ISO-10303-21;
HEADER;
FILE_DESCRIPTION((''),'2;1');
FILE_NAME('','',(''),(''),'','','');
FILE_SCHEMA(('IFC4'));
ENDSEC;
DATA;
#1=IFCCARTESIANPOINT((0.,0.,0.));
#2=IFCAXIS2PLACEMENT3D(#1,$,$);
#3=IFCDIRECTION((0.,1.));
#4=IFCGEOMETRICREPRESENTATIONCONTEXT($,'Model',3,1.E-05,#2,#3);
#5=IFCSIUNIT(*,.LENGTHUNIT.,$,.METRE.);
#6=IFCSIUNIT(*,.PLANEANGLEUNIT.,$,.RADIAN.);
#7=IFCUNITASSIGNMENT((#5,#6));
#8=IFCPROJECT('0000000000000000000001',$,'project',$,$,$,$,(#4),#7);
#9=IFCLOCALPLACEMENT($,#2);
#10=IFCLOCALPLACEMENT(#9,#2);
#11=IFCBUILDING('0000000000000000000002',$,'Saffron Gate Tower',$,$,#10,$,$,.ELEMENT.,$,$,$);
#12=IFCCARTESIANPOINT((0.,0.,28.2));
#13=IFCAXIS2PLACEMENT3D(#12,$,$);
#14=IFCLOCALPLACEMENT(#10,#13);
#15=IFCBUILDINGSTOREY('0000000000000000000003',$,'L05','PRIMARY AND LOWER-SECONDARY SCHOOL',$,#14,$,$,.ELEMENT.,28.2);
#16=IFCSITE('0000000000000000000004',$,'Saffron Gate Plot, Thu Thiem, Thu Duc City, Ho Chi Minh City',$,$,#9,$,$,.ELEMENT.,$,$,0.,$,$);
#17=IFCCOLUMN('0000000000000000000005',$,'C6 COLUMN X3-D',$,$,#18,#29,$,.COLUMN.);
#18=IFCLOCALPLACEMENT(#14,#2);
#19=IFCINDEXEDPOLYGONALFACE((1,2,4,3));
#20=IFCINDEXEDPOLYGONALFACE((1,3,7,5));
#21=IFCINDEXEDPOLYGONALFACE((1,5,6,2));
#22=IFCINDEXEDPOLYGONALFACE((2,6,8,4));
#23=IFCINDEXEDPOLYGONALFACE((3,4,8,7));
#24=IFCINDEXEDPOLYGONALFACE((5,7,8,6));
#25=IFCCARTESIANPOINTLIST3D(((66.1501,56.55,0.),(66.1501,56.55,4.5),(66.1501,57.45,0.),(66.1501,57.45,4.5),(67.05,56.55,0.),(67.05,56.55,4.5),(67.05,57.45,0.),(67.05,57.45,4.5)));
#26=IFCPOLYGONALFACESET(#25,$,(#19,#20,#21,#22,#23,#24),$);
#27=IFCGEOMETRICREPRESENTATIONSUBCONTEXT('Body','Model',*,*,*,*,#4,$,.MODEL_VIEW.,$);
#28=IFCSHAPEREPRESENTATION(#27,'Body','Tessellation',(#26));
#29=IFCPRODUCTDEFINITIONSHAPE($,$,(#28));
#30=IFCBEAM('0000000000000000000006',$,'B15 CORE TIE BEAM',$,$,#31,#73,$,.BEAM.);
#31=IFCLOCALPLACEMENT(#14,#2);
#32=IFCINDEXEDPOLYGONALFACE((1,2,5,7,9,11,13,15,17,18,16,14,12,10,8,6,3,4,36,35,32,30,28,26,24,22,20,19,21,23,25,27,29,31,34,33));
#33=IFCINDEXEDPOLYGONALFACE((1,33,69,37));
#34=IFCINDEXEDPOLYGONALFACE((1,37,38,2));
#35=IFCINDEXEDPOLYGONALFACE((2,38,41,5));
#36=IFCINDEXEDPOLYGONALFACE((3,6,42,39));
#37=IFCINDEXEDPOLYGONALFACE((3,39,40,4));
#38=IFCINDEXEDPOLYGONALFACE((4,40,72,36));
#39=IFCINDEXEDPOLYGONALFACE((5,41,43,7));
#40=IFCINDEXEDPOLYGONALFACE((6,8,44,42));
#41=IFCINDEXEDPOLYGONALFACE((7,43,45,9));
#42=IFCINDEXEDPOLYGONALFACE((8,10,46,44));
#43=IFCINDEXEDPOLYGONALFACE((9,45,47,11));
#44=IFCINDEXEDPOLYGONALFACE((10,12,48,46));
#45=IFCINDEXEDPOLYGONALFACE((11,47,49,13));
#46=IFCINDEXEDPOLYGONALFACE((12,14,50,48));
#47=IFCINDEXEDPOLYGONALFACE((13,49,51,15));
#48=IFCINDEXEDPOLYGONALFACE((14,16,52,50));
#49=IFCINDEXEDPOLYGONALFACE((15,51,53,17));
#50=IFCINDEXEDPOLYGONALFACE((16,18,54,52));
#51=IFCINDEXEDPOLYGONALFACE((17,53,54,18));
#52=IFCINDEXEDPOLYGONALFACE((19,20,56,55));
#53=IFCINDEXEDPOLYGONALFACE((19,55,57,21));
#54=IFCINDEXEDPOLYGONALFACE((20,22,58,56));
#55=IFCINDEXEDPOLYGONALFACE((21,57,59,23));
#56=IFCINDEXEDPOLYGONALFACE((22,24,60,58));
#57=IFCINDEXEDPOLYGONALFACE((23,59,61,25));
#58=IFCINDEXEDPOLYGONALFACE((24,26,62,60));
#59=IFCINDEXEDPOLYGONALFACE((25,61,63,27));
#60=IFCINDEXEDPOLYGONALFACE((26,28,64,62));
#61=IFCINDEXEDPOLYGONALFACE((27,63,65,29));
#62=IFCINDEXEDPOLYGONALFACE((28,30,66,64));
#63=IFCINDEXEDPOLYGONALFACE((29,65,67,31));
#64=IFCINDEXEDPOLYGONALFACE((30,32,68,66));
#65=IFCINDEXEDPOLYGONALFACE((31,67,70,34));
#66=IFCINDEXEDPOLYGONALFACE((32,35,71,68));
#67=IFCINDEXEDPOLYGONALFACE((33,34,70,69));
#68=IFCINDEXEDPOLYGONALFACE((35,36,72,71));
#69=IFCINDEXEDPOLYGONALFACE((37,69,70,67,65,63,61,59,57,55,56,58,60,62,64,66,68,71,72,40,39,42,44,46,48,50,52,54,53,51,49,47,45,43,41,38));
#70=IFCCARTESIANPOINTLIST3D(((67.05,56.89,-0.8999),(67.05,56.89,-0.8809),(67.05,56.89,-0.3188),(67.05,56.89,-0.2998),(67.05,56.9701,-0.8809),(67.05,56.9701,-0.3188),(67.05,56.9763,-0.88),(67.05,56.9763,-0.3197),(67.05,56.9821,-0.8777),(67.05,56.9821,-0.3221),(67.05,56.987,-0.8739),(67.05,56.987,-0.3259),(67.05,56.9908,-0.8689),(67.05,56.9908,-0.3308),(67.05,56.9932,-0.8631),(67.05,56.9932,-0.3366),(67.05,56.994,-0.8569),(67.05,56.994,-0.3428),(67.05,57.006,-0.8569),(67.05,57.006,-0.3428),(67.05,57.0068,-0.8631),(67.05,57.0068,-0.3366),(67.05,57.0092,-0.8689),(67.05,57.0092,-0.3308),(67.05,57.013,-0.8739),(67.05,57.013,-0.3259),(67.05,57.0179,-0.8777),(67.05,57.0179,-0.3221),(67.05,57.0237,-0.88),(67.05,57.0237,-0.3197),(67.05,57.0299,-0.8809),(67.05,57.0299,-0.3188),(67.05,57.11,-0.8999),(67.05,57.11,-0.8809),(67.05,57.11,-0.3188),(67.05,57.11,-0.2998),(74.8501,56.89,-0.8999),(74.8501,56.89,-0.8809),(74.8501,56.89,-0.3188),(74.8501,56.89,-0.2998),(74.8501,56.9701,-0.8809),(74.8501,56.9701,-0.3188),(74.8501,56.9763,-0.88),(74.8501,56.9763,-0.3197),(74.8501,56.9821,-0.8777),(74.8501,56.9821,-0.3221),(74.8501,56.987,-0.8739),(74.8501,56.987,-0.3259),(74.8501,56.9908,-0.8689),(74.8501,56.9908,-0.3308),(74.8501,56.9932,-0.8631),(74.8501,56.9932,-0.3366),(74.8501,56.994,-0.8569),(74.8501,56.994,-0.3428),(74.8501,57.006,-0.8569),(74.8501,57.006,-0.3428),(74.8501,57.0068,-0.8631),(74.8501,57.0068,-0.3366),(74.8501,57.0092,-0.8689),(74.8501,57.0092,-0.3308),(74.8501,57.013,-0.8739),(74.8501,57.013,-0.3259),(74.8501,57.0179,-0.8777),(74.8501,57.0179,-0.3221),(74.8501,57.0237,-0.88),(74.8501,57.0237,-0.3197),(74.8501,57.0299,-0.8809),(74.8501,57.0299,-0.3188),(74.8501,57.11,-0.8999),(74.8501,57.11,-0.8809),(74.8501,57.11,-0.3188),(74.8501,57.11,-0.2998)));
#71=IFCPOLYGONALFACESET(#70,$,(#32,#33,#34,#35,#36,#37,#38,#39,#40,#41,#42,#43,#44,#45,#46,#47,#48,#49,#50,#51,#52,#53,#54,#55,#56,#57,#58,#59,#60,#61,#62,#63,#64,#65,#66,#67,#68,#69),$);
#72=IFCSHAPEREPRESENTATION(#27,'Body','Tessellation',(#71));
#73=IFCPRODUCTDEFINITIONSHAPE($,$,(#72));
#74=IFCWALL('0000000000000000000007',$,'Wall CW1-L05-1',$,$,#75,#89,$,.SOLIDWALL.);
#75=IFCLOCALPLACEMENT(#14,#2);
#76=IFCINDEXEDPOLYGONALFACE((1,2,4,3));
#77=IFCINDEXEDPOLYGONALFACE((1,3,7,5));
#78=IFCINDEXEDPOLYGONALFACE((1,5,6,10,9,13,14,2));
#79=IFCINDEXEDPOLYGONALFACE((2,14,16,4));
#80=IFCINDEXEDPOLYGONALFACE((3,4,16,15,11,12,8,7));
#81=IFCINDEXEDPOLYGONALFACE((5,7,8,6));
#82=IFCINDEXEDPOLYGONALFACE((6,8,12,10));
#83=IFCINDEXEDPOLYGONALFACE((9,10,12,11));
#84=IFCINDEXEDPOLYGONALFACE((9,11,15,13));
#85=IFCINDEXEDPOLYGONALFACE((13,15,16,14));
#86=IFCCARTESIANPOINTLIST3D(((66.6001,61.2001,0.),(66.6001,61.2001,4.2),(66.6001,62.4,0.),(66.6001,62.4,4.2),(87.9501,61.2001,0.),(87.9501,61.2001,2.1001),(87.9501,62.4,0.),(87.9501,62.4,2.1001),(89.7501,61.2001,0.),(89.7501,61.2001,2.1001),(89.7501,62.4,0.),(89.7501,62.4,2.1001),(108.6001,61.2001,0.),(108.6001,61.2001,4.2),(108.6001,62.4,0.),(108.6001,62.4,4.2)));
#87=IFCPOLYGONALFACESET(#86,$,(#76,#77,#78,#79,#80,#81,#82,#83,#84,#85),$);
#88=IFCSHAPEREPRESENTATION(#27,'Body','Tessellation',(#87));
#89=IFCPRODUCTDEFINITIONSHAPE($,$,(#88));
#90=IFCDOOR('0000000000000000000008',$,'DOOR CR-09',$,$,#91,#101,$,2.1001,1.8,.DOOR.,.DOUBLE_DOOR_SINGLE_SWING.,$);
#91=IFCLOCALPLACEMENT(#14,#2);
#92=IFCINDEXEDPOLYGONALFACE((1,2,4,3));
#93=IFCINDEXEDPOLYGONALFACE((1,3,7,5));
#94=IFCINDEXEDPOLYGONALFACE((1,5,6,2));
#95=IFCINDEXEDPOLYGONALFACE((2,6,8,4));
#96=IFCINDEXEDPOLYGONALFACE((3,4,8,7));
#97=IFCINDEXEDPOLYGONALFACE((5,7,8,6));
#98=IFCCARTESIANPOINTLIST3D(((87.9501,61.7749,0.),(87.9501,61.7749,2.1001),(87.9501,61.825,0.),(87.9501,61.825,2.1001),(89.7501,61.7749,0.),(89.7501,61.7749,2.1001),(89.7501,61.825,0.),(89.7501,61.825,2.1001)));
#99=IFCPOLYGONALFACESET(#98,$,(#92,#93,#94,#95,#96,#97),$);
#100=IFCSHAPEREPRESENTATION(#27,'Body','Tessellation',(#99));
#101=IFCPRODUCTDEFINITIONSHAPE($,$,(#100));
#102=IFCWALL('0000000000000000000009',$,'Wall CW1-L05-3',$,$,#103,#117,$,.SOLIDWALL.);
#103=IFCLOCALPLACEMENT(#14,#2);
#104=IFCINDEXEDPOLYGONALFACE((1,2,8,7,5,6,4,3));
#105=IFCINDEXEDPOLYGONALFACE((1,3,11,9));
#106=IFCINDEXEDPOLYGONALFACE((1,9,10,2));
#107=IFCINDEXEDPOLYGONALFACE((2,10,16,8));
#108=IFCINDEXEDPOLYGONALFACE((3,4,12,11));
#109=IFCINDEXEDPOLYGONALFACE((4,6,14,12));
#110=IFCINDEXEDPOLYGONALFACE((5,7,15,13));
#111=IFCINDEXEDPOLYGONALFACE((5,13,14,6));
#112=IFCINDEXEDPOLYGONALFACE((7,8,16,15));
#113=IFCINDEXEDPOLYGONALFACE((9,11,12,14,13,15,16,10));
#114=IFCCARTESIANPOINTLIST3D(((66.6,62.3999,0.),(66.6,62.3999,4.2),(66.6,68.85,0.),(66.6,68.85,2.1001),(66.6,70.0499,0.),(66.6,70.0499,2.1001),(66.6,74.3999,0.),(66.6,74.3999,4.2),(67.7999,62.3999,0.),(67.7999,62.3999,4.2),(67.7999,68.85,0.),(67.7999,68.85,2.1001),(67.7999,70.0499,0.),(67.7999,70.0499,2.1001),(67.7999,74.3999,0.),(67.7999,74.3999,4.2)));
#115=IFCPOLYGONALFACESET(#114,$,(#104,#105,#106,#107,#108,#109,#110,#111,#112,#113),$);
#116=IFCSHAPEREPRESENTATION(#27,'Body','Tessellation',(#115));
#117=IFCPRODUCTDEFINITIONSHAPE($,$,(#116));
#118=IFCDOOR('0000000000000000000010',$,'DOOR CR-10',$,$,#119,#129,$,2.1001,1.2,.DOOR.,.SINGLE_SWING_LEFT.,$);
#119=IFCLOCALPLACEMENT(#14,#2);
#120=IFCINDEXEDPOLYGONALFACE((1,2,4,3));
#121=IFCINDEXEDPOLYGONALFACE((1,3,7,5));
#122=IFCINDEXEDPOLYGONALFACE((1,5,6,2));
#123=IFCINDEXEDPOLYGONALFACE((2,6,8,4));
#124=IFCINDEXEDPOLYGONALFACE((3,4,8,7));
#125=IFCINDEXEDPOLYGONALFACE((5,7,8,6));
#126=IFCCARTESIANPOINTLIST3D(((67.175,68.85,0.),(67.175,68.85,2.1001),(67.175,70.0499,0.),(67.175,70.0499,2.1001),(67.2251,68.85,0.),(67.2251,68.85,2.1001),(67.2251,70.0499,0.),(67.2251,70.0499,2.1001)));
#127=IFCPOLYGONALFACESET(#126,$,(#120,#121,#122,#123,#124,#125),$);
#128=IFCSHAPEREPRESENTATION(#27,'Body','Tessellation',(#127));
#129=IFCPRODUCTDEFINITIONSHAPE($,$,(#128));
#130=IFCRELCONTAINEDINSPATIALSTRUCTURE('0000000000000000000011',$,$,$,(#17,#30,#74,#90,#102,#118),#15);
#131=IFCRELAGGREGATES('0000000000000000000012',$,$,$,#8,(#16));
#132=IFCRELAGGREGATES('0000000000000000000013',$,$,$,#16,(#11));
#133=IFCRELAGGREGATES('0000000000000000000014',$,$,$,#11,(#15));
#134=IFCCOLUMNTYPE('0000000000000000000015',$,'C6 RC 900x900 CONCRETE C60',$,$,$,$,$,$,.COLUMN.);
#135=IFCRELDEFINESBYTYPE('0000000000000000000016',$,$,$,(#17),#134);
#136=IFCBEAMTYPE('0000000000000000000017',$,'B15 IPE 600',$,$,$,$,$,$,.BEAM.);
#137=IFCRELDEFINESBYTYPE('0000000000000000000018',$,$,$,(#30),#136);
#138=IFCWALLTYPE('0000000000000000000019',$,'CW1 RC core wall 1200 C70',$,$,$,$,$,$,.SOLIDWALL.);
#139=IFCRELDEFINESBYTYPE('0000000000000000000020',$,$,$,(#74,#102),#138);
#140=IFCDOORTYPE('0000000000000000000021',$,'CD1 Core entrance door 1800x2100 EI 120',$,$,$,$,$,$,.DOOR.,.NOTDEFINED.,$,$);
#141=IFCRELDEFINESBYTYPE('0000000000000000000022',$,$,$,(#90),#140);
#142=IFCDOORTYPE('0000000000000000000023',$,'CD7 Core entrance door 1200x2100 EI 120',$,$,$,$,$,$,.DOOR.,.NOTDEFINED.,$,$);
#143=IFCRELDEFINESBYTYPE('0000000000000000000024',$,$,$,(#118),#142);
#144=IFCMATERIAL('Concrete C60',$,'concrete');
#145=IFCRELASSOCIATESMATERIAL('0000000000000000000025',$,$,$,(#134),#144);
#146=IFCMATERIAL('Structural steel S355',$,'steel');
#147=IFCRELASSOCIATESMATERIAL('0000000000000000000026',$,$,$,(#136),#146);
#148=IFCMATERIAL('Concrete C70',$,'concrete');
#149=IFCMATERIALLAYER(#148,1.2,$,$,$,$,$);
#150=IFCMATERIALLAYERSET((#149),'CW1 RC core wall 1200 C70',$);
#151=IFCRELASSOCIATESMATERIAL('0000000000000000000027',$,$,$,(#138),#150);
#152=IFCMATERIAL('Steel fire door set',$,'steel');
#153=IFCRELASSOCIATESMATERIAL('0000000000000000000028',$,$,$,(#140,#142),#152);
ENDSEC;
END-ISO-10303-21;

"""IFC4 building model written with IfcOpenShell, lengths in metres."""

from ifc_helpers import new_model, si_unit, direction, frame, frame_2d, origin, origin_2d, place, context, subcontext, project, spatial, rectangle, i_section, extrude, material, layer, layer_set, material_profile, profile_set, type_object, element, fill, save


model = new_model("IFC4")

# Units and contexts
model_context = context("Model", 3, precision=1e-05, world=origin(), true_north=direction((0.0, 1.0)))
body_context = subcontext(model_context, "Body", "Model", "MODEL_VIEW")
ifc_project = project(units=[si_unit("LENGTHUNIT", "METRE"), si_unit("PLANEANGLEUNIT", "RADIAN")], contexts=[model_context])

# Site, building, storey
site_placement = place(None, origin())
site = spatial("IfcSite", under=ifc_project, at=site_placement, Name="Saffron Gate Plot, Thu Thiem, Thu Duc City, Ho Chi Minh City", CompositionType="ELEMENT", RefElevation=0.0)
building_placement = place(site_placement, origin())
building = spatial("IfcBuilding", under=site, at=building_placement, Name="Saffron Gate Tower", CompositionType="ELEMENT")
storey_placement = place(building_placement, frame((0.0, 0.0, 28.2)))
storey = spatial("IfcBuildingStorey", under=building, at=storey_placement, Name="L05", Description="PRIMARY AND LOWER-SECONDARY SCHOOL", CompositionType="ELEMENT", Elevation=28.2)

# Column
ifc_material_1 = material(Name="Concrete C60", Category="concrete")
ifc_material_profile_1 = material_profile(ifc_material_1, rectangle(XDim=0.8999, YDim=0.8999, at=origin_2d()))
ifc_profile_set_1 = profile_set([ifc_material_profile_1], Name="Concrete C60")
column_type = type_object("IfcColumnType", Name="C6 RC 900x900 CONCRETE C60", PredefinedType="COLUMN", material=ifc_profile_set_1)
column_placement = place(storey_placement, frame((66.6001, 57.0, 0.0), z_axis=(0.0, 0.0, 1.0), x_axis=(1.0, 0.0, 0.0)))
element("IfcColumn", 1, at=column_placement, inside=storey, type_object=column_type, Name="C6 COLUMN X3-D", PredefinedType="COLUMN", context=body_context, shape_type="SweptSolid", body=[
    extrude(rectangle(XDim=0.8999, YDim=0.8999, at=origin_2d()), origin(), (0.0, 0.0, 1.0), 4.5),
])

# Beam
ifc_material_2 = material(Name="Structural steel S355", Category="steel")
ifc_material_profile_2 = material_profile(ifc_material_2, i_section(OverallWidth=0.22, OverallDepth=0.6001, WebThickness=0.012, FlangeThickness=0.019, FilletRadius=0.0239, at=origin_2d()))
ifc_profile_set_2 = profile_set([ifc_material_profile_2], Name="Structural steel S355")
beam_type = type_object("IfcBeamType", Name="B15 IPE 600", PredefinedType="BEAM", material=ifc_profile_set_2)
beam_placement = place(storey_placement, frame((67.05, 57.0, -0.5999), z_axis=(1.0, 0.0, 0.0), x_axis=(0.0, 1.0, 0.0)))
element("IfcBeam", 2, at=beam_placement, inside=storey, type_object=beam_type, Name="B15 CORE TIE BEAM", PredefinedType="BEAM", context=body_context, shape_type="SweptSolid", body=[
    extrude(i_section(OverallWidth=0.22, OverallDepth=0.6001, WebThickness=0.012, FlangeThickness=0.019, FilletRadius=0.0239, at=origin_2d()), origin(), (0.0, 0.0, 1.0), 7.8),
])

# Walls, openings, doors
ifc_material_3 = material(Name="Concrete C70", Category="concrete")
ifc_layer_1 = layer(ifc_material_3, 1.2)
ifc_layer_set_1 = layer_set([ifc_layer_1], Name="CW1 RC core wall 1200 C70")
wall_type_1 = type_object("IfcWallType", Name="CW1 RC core wall 1200 C70", PredefinedType="SOLIDWALL", material=ifc_layer_set_1)
wall_1_placement = place(storey_placement, frame((66.6001, 61.8, 0.0), z_axis=(0.0, 0.0, 1.0), x_axis=(1.0, 0.0, 0.0)))
wall_1 = element("IfcWall", 3, at=wall_1_placement, inside=storey, type_object=wall_type_1, Name="Wall CW1-L05-1", PredefinedType="SOLIDWALL", context=body_context, shape_type="SweptSolid", body=[
    extrude(rectangle(XDim=42.0, YDim=1.2, at=frame_2d((21.0, 0.0))), origin(), (0.0, 0.0, 1.0), 4.2),
])
opening_1_placement = place(wall_1_placement, frame((21.3501, 0.0, 0.0)))
opening_1 = element("IfcOpeningElement", 4, at=opening_1_placement, cuts=wall_1, PredefinedType="OPENING", context=body_context, shape_type="SweptSolid", body=[
    extrude(rectangle(XDim=1.8, YDim=2.1001, at=frame_2d((0.8999, 1.05))), frame((0.0, 0.6099, 0.0), z_axis=(0.0, -1.0, 0.0), x_axis=(1.0, 0.0, 0.0)), (0.0, 0.0, 1.0), 1.22),
])
ifc_material_4 = material(Name="Steel fire door set", Category="steel")
door_type_1 = type_object("IfcDoorType", Name="CD1 Core entrance door 1800x2100 EI 120", OperationType="NOTDEFINED", PredefinedType="DOOR", material=ifc_material_4)
door_1_placement = place(opening_1_placement, origin())
door_1 = element("IfcDoor", 5, at=door_1_placement, inside=storey, type_object=door_type_1, Name="DOOR CR-09", OperationType="DOUBLE_DOOR_SINGLE_SWING", OverallHeight=2.1001, OverallWidth=1.8, PredefinedType="DOOR", context=body_context, shape_type="SweptSolid", body=[
    extrude(rectangle(XDim=1.8, YDim=2.1001, at=frame_2d((0.8999, 1.05))), frame((0.0, 0.0249, 0.0), z_axis=(0.0, -1.0, 0.0), x_axis=(1.0, 0.0, 0.0)), (0.0, 0.0, 1.0), 0.05),
])
fill(opening_1, door_1)
wall_2_placement = place(storey_placement, frame((67.2, 62.3999, 0.0), z_axis=(0.0, 0.0, 1.0), x_axis=(0.0, 1.0, 0.0)))
wall_2 = element("IfcWall", 6, at=wall_2_placement, inside=storey, type_object=wall_type_1, Name="Wall CW1-L05-3", PredefinedType="SOLIDWALL", context=body_context, shape_type="SweptSolid", body=[
    extrude(rectangle(XDim=12.0, YDim=1.2, at=frame_2d((6.0, 0.0))), origin(), (0.0, 0.0, 1.0), 4.2),
])
opening_2_placement = place(wall_2_placement, frame((6.45, 0.0, 0.0)))
opening_2 = element("IfcOpeningElement", 7, at=opening_2_placement, cuts=wall_2, PredefinedType="OPENING", context=body_context, shape_type="SweptSolid", body=[
    extrude(rectangle(XDim=1.2, YDim=2.1001, at=frame_2d((0.6001, 1.05))), frame((0.0, 0.6099, 0.0), z_axis=(0.0, -1.0, 0.0), x_axis=(1.0, 0.0, 0.0)), (0.0, 0.0, 1.0), 1.22),
])
door_type_2 = type_object("IfcDoorType", Name="CD7 Core entrance door 1200x2100 EI 120", OperationType="NOTDEFINED", PredefinedType="DOOR", material=ifc_material_4)
door_2_placement = place(opening_2_placement, origin())
door_2 = element("IfcDoor", 8, at=door_2_placement, inside=storey, type_object=door_type_2, Name="DOOR CR-10", OperationType="SINGLE_SWING_LEFT", OverallHeight=2.1001, OverallWidth=1.2, PredefinedType="DOOR", context=body_context, shape_type="SweptSolid", body=[
    extrude(rectangle(XDim=1.2, YDim=2.1001, at=frame_2d((0.6001, 1.05))), frame((0.0, 0.0249, 0.0), z_axis=(0.0, -1.0, 0.0), x_axis=(1.0, 0.0, 0.0)), (0.0, 0.0, 1.0), 0.05),
])
fill(opening_2, door_2)

save(model, "model.ifc")
